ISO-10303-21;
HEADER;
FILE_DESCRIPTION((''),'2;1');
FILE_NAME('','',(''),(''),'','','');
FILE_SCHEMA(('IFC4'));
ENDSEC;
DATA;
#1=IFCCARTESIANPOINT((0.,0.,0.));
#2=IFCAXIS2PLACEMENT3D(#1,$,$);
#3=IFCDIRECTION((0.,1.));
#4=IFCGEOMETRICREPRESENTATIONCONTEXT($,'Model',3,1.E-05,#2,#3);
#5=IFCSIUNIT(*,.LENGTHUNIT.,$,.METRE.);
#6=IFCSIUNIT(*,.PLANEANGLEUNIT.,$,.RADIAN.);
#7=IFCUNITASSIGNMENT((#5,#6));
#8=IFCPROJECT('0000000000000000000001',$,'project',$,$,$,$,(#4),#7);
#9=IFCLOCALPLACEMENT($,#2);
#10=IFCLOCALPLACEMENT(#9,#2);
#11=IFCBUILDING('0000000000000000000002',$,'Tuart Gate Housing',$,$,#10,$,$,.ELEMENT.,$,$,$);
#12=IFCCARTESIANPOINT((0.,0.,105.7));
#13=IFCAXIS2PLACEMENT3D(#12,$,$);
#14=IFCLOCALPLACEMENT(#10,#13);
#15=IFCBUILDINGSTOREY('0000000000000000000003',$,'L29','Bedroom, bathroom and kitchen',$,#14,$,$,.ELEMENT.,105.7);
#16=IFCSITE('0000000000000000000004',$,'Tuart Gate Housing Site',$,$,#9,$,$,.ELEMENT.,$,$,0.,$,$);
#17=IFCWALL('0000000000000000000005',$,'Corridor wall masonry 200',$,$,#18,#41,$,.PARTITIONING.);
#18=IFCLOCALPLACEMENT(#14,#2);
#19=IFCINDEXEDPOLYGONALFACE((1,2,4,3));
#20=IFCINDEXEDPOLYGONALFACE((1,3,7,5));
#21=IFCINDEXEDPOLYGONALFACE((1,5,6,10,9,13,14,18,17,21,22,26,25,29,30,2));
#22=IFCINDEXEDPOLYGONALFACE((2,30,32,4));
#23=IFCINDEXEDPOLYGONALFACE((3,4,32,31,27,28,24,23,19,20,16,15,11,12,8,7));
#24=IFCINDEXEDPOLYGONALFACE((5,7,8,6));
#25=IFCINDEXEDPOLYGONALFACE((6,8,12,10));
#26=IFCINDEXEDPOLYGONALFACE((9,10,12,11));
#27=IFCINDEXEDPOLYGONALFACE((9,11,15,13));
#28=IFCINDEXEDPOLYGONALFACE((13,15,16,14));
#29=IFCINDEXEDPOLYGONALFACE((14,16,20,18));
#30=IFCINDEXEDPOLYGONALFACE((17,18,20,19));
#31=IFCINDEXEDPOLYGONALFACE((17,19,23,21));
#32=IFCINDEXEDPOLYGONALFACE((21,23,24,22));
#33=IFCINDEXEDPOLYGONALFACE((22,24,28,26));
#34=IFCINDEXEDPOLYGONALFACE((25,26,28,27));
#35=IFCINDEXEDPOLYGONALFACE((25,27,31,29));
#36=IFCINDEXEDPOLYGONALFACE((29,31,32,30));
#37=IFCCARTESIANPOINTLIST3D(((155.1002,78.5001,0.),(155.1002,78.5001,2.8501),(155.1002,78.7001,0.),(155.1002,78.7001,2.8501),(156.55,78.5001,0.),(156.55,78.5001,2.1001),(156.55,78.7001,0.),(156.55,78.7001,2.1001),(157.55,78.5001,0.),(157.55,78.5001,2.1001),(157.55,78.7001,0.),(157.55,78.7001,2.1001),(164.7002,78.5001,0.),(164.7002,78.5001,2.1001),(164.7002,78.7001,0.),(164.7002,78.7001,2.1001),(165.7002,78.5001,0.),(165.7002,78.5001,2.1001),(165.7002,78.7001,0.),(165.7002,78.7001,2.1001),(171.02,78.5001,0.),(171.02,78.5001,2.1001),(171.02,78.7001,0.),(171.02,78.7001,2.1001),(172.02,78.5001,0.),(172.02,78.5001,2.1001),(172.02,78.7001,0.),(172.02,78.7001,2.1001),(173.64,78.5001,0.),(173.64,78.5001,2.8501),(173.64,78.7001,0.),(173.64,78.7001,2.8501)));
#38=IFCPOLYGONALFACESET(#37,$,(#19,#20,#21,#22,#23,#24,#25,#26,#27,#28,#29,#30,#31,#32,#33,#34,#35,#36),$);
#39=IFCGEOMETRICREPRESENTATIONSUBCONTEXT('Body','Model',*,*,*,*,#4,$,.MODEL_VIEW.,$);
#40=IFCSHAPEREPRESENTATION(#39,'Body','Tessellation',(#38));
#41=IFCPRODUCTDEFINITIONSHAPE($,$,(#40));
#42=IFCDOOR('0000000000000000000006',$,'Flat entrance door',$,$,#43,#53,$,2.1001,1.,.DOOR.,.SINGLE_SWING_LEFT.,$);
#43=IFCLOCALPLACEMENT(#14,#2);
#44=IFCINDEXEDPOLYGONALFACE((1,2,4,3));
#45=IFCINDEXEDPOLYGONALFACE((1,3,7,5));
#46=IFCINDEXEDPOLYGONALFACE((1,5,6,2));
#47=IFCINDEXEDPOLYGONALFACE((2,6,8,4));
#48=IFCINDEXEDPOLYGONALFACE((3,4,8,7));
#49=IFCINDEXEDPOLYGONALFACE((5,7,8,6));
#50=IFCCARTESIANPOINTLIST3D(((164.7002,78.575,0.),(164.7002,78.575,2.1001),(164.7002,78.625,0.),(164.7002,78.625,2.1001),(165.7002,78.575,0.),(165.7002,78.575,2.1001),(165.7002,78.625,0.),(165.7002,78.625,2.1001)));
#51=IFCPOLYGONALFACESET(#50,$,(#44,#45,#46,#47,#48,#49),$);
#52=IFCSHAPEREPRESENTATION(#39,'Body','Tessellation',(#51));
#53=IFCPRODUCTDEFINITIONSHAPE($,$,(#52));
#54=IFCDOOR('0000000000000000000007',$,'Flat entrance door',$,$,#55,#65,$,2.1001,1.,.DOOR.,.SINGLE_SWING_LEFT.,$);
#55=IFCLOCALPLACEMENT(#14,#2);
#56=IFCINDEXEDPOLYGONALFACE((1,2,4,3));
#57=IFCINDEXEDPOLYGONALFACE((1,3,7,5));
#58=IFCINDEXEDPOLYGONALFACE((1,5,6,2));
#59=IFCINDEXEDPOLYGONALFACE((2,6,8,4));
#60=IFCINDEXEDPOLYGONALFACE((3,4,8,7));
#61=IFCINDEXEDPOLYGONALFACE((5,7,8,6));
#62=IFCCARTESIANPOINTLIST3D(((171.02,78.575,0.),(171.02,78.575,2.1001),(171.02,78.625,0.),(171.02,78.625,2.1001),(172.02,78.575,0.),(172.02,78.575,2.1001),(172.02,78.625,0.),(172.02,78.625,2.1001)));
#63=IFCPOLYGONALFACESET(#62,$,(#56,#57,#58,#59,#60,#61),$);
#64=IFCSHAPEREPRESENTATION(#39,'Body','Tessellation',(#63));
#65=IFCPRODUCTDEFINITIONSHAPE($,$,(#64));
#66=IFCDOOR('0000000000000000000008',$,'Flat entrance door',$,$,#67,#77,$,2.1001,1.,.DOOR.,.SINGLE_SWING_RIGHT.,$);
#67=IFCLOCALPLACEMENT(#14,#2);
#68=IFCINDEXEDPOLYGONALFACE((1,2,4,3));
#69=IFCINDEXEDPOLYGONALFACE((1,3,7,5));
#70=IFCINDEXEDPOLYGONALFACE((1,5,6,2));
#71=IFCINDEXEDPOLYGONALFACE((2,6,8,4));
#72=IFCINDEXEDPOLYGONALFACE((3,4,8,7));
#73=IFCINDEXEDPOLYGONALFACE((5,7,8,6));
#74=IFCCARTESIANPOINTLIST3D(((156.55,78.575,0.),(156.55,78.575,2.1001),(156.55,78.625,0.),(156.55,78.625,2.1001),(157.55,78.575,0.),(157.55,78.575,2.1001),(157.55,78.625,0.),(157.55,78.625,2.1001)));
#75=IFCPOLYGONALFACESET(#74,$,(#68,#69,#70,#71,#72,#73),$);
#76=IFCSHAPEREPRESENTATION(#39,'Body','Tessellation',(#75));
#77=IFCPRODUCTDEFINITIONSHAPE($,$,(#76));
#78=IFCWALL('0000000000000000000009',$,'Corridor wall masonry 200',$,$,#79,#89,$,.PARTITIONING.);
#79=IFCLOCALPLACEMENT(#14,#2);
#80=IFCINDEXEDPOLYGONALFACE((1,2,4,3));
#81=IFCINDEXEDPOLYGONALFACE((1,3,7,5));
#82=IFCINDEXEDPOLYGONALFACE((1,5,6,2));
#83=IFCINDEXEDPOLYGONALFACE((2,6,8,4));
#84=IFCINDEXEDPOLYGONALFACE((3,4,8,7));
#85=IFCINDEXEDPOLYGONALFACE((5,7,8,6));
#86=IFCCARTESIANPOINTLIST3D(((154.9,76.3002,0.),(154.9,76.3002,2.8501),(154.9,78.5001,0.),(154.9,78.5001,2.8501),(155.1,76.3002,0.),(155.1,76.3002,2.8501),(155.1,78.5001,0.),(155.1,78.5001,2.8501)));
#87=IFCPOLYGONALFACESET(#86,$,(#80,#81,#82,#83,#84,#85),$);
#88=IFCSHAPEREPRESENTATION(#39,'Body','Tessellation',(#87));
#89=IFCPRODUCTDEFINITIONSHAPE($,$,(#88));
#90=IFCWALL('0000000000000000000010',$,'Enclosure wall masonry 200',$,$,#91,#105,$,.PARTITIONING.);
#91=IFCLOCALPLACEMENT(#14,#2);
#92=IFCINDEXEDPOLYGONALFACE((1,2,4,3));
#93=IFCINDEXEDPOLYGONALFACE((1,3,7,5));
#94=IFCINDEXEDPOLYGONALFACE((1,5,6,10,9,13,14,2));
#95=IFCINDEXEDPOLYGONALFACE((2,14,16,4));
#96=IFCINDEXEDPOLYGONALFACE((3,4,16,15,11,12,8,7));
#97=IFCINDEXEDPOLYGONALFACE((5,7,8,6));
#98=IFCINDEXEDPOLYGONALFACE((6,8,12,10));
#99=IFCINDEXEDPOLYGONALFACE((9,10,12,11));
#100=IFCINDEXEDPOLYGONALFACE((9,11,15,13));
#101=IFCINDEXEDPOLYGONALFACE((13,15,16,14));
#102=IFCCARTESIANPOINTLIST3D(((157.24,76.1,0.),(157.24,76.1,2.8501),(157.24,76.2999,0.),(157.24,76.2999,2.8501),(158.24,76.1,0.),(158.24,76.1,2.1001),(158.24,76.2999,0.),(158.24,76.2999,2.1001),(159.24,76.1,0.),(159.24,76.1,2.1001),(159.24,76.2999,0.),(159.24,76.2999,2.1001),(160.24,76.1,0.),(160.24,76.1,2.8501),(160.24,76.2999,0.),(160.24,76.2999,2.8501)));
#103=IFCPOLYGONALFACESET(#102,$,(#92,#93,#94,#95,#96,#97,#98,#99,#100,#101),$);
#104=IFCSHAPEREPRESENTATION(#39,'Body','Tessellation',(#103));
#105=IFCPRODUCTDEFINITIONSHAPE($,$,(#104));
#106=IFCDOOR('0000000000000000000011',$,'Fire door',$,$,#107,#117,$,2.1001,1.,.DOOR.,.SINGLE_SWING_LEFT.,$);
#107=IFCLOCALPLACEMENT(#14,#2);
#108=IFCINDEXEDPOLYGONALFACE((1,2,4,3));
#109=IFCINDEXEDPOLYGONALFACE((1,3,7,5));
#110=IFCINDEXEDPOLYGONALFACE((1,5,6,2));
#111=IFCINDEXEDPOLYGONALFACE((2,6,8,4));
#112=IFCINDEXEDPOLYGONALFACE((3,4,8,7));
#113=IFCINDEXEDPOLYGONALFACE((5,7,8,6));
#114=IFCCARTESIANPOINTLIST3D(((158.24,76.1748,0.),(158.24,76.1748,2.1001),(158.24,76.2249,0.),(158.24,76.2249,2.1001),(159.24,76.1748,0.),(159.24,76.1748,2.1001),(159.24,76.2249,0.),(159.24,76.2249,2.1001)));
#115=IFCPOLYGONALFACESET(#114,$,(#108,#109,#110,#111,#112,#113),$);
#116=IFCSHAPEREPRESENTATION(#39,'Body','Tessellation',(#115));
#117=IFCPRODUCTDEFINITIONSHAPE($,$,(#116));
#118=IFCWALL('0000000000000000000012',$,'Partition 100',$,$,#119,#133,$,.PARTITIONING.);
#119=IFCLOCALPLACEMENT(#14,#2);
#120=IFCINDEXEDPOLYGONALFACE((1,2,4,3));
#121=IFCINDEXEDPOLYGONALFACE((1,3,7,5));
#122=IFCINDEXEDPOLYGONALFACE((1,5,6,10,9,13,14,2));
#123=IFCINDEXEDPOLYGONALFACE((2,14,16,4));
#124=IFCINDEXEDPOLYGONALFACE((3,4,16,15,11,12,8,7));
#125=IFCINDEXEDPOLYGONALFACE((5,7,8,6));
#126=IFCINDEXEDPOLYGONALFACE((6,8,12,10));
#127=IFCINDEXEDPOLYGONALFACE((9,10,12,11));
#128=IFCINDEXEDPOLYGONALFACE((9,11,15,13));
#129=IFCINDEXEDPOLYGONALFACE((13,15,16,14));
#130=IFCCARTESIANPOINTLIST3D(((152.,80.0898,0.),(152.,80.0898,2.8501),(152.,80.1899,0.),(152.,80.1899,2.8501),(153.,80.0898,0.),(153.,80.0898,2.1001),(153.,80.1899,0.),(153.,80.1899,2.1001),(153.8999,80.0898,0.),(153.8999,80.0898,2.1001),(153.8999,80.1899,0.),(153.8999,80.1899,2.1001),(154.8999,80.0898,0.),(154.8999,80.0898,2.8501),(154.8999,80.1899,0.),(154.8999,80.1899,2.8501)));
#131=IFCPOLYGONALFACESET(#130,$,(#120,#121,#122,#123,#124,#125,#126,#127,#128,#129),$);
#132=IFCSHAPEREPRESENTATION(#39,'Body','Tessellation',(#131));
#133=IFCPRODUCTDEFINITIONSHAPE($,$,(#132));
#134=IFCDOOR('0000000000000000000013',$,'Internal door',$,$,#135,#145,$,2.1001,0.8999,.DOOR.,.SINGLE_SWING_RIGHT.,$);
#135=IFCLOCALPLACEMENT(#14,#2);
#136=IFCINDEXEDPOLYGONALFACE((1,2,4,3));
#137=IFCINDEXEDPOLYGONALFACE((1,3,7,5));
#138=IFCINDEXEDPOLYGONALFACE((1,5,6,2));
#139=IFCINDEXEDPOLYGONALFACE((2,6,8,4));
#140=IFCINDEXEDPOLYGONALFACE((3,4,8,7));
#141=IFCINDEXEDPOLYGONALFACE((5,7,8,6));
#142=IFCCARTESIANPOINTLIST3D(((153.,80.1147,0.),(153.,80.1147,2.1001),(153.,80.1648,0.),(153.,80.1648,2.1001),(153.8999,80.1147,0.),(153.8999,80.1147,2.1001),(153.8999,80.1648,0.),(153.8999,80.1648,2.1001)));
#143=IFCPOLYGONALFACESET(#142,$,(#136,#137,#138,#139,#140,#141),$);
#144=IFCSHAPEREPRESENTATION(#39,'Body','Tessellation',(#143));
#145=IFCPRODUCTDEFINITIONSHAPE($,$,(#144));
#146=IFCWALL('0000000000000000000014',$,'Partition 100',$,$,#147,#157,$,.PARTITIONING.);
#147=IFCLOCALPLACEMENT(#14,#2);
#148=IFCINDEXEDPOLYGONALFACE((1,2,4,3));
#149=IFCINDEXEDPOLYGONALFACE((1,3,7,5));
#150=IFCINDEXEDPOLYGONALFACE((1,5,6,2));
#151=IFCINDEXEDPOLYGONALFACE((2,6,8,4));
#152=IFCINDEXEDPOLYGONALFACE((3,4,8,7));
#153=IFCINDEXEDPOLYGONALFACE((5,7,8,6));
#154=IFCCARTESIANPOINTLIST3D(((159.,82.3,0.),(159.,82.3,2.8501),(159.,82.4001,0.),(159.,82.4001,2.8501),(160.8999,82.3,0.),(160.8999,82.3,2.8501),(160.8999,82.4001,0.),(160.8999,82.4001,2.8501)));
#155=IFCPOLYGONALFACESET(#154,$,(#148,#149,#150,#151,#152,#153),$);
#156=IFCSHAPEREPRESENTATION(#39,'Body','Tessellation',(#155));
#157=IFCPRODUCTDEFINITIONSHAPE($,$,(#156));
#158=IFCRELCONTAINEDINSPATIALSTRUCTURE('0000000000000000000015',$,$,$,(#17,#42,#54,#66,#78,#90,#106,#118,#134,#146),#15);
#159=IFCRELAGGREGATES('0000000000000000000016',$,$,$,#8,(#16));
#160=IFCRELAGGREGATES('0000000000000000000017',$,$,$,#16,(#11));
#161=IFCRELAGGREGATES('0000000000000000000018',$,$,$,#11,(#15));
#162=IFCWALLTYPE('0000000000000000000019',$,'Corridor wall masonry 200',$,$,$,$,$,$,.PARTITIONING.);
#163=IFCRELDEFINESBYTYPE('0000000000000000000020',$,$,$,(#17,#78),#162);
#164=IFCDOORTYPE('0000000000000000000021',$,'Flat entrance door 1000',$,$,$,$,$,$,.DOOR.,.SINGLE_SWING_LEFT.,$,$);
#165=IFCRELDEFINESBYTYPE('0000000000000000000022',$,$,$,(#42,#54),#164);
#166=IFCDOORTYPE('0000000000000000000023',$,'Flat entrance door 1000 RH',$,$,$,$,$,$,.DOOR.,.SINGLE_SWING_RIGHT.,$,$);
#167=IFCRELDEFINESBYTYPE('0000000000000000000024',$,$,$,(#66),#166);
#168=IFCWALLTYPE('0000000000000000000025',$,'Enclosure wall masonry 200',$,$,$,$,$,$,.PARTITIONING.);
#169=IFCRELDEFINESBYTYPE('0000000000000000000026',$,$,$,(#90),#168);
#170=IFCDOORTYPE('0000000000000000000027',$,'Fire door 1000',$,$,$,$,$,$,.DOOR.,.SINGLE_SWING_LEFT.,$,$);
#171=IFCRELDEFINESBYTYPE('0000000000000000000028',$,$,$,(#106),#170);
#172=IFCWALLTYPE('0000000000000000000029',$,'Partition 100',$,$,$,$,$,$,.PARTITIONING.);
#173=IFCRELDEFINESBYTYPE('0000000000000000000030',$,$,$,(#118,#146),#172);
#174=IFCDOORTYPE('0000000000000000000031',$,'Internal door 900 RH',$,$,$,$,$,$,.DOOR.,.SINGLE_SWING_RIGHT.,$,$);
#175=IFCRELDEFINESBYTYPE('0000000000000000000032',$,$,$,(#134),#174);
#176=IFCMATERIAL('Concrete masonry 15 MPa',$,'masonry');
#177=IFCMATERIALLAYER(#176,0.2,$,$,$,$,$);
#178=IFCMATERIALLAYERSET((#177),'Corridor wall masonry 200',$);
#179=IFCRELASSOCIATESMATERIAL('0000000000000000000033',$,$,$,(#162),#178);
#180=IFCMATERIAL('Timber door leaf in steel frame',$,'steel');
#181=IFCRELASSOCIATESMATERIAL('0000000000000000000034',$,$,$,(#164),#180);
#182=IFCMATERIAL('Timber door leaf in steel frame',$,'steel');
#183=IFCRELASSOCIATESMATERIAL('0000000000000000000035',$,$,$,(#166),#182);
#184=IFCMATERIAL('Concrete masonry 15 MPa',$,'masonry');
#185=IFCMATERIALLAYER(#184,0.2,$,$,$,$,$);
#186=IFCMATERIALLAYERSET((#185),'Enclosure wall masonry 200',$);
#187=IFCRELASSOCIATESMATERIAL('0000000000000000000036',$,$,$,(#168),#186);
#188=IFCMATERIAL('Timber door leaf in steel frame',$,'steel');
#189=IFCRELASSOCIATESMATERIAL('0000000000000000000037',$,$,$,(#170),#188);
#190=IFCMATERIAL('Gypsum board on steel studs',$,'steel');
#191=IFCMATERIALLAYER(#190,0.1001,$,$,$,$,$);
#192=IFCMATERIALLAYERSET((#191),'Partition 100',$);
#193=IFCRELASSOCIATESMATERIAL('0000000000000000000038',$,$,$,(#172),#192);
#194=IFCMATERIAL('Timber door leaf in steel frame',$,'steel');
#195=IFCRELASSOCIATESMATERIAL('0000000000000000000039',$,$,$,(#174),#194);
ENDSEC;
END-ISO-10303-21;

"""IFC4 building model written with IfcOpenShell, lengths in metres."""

from ifc_helpers import new_model, si_unit, direction, frame, frame_2d, origin, place, context, subcontext, project, spatial, rectangle, extrude, material, layer, layer_set, type_object, element, fill, save


model = new_model("IFC4")

# Units and contexts
model_context = context("Model", 3, precision=1e-05, world=origin(), true_north=direction((0.0, 1.0)))
body_context = subcontext(model_context, "Body", "Model", "MODEL_VIEW")
ifc_project = project(units=[si_unit("LENGTHUNIT", "METRE"), si_unit("PLANEANGLEUNIT", "RADIAN")], contexts=[model_context])

# Site, building, storey
site_placement = place(None, origin())
site = spatial("IfcSite", under=ifc_project, at=site_placement, Name="Tuart Gate Housing Site", CompositionType="ELEMENT", RefElevation=0.0)
building_placement = place(site_placement, origin())
building = spatial("IfcBuilding", under=site, at=building_placement, Name="Tuart Gate Housing", CompositionType="ELEMENT")
storey_placement = place(building_placement, frame((0.0, 0.0, 105.7)))
storey = spatial("IfcBuildingStorey", under=building, at=storey_placement, Name="L29", Description="Bedroom, bathroom and kitchen", CompositionType="ELEMENT", Elevation=105.7)

# Shared definitions
ifc_material_1 = material(Name="Concrete masonry 15 MPa", Category="masonry")
ifc_layer_1 = layer(ifc_material_1, 0.2)
ifc_layer_set_1 = layer_set([ifc_layer_1], Name="Corridor wall masonry 200")
wall_type_1 = type_object("IfcWallType", Name="Corridor wall masonry 200", PredefinedType="PARTITIONING", material=ifc_layer_set_1)

# Wall, openings, doors
wall_1_placement = place(storey_placement, frame((155.1001, 78.6001, 0.0), z_axis=(0.0, 0.0, 1.0), x_axis=(1.0, 0.0, 0.0)))
wall_1 = element("IfcWall", 1, at=wall_1_placement, inside=storey, type_object=wall_type_1, Name="Corridor wall masonry 200", PredefinedType="PARTITIONING", context=body_context, shape_type="SweptSolid", body=[
    extrude(rectangle(XDim=18.5398, YDim=0.2, at=frame_2d((9.27, 0.0))), origin(), (0.0, 0.0, 1.0), 2.8501),
])
opening_1_placement = place(wall_1_placement, frame((1.45, 0.0, 0.0)))
opening_1 = element("IfcOpeningElement", 2, at=opening_1_placement, cuts=wall_1, PredefinedType="OPENING", context=body_context, shape_type="SweptSolid", body=[
    extrude(rectangle(XDim=1.0, YDim=2.1001, at=frame_2d((0.5, 1.05))), frame((0.0, 0.1099, 0.0), z_axis=(0.0, -1.0, 0.0), x_axis=(1.0, 0.0, 0.0)), (0.0, 0.0, 1.0), 0.22),
])
opening_2_placement = place(wall_1_placement, frame((9.6001, 0.0, 0.0)))
opening_2 = element("IfcOpeningElement", 3, at=opening_2_placement, cuts=wall_1, PredefinedType="OPENING", context=body_context, shape_type="SweptSolid", body=[
    extrude(rectangle(XDim=1.0, YDim=2.1001, at=frame_2d((0.5, 1.05))), frame((0.0, 0.1099, 0.0), z_axis=(0.0, -1.0, 0.0), x_axis=(1.0, 0.0, 0.0)), (0.0, 0.0, 1.0), 0.22),
])
opening_3_placement = place(wall_1_placement, frame((15.9199, 0.0, 0.0)))
opening_3 = element("IfcOpeningElement", 4, at=opening_3_placement, cuts=wall_1, PredefinedType="OPENING", context=body_context, shape_type="SweptSolid", body=[
    extrude(rectangle(XDim=1.0, YDim=2.1001, at=frame_2d((0.5, 1.05))), frame((0.0, 0.1099, 0.0), z_axis=(0.0, -1.0, 0.0), x_axis=(1.0, 0.0, 0.0)), (0.0, 0.0, 1.0), 0.22),
])
ifc_material_2 = material(Name="Timber door leaf in steel frame", Category="steel")
door_type_1 = type_object("IfcDoorType", Name="Flat entrance door 1000", OperationType="SINGLE_SWING_LEFT", PredefinedType="DOOR", material=ifc_material_2)
door_1_placement = place(opening_2_placement, origin())
door_1 = element("IfcDoor", 5, at=door_1_placement, inside=storey, type_object=door_type_1, Name="Flat entrance door", OperationType="SINGLE_SWING_LEFT", OverallHeight=2.1001, OverallWidth=1.0, PredefinedType="DOOR", context=body_context, shape_type="SweptSolid", body=[
    extrude(rectangle(XDim=1.0, YDim=2.1001, at=frame_2d((0.5, 1.05))), frame((0.0, 0.0249, 0.0), z_axis=(0.0, -1.0, 0.0), x_axis=(1.0, 0.0, 0.0)), (0.0, 0.0, 1.0), 0.05),
])
fill(opening_2, door_1)
door_2_placement = place(opening_3_placement, origin())
door_2 = element("IfcDoor", 6, at=door_2_placement, inside=storey, type_object=door_type_1, Name="Flat entrance door", OperationType="SINGLE_SWING_LEFT", OverallHeight=2.1001, OverallWidth=1.0, PredefinedType="DOOR", context=body_context, shape_type="SweptSolid", body=[
    extrude(rectangle(XDim=1.0, YDim=2.1001, at=frame_2d((0.5, 1.05))), frame((0.0, 0.0249, 0.0), z_axis=(0.0, -1.0, 0.0), x_axis=(1.0, 0.0, 0.0)), (0.0, 0.0, 1.0), 0.05),
])
fill(opening_3, door_2)
ifc_material_3 = material(Name="Timber door leaf in steel frame", Category="steel")
door_type_2 = type_object("IfcDoorType", Name="Flat entrance door 1000 RH", OperationType="SINGLE_SWING_RIGHT", PredefinedType="DOOR", material=ifc_material_3)
door_3_placement = place(opening_1_placement, origin())
door_3 = element("IfcDoor", 7, at=door_3_placement, inside=storey, type_object=door_type_2, Name="Flat entrance door", OperationType="SINGLE_SWING_RIGHT", OverallHeight=2.1001, OverallWidth=1.0, PredefinedType="DOOR", context=body_context, shape_type="SweptSolid", body=[
    extrude(rectangle(XDim=1.0, YDim=2.1001, at=frame_2d((0.5, 1.05))), frame((0.0, 0.0249, 0.0), z_axis=(0.0, -1.0, 0.0), x_axis=(1.0, 0.0, 0.0)), (0.0, 0.0, 1.0), 0.05),
])
fill(opening_1, door_3)

# Wall
wall_2_placement = place(storey_placement, frame((155.0, 76.3, 0.0), z_axis=(0.0, 0.0, 1.0), x_axis=(0.0, 1.0, 0.0)))
element("IfcWall", 8, at=wall_2_placement, inside=storey, type_object=wall_type_1, Name="Corridor wall masonry 200", PredefinedType="PARTITIONING", context=body_context, shape_type="SweptSolid", body=[
    extrude(rectangle(XDim=2.2, YDim=0.2, at=frame_2d((1.1001, 0.0))), origin(), (0.0, 0.0, 1.0), 2.8501),
])

# Walls, openings, doors
ifc_material_4 = material(Name="Concrete masonry 15 MPa", Category="masonry")
ifc_layer_2 = layer(ifc_material_4, 0.2)
ifc_layer_set_2 = layer_set([ifc_layer_2], Name="Enclosure wall masonry 200")
wall_type_2 = type_object("IfcWallType", Name="Enclosure wall masonry 200", PredefinedType="PARTITIONING", material=ifc_layer_set_2)
wall_3_placement = place(storey_placement, frame((157.24, 76.2, 0.0), z_axis=(0.0, 0.0, 1.0), x_axis=(1.0, 0.0, 0.0)))
wall_3 = element("IfcWall", 9, at=wall_3_placement, inside=storey, type_object=wall_type_2, Name="Enclosure wall masonry 200", PredefinedType="PARTITIONING", context=body_context, shape_type="SweptSolid", body=[
    extrude(rectangle(XDim=3.0, YDim=0.2, at=frame_2d((1.5, 0.0))), origin(), (0.0, 0.0, 1.0), 2.8501),
])
opening_4_placement = place(wall_3_placement, frame((1.0, 0.0, 0.0)))
opening_4 = element("IfcOpeningElement", 10, at=opening_4_placement, cuts=wall_3, PredefinedType="OPENING", context=body_context, shape_type="SweptSolid", body=[
    extrude(rectangle(XDim=1.0, YDim=2.1001, at=frame_2d((0.5, 1.05))), frame((0.0, 0.1099, 0.0), z_axis=(0.0, -1.0, 0.0), x_axis=(1.0, 0.0, 0.0)), (0.0, 0.0, 1.0), 0.22),
])
ifc_material_5 = material(Name="Timber door leaf in steel frame", Category="steel")
door_type_3 = type_object("IfcDoorType", Name="Fire door 1000", OperationType="SINGLE_SWING_LEFT", PredefinedType="DOOR", material=ifc_material_5)
door_4_placement = place(opening_4_placement, origin())
door_4 = element("IfcDoor", 11, at=door_4_placement, inside=storey, type_object=door_type_3, Name="Fire door", OperationType="SINGLE_SWING_LEFT", OverallHeight=2.1001, OverallWidth=1.0, PredefinedType="DOOR", context=body_context, shape_type="SweptSolid", body=[
    extrude(rectangle(XDim=1.0, YDim=2.1001, at=frame_2d((0.5, 1.05))), frame((0.0, 0.0249, 0.0), z_axis=(0.0, -1.0, 0.0), x_axis=(1.0, 0.0, 0.0)), (0.0, 0.0, 1.0), 0.05),
])
fill(opening_4, door_4)
ifc_material_6 = material(Name="Gypsum board on steel studs", Category="steel")
ifc_layer_3 = layer(ifc_material_6, 0.1001)
ifc_layer_set_3 = layer_set([ifc_layer_3], Name="Partition 100")
wall_type_3 = type_object("IfcWallType", Name="Partition 100", PredefinedType="PARTITIONING", material=ifc_layer_set_3)
wall_4_placement = place(storey_placement, frame((152.0, 80.1399, 0.0), z_axis=(0.0, 0.0, 1.0), x_axis=(1.0, 0.0, 0.0)))
wall_4 = element("IfcWall", 12, at=wall_4_placement, inside=storey, type_object=wall_type_3, Name="Partition 100", PredefinedType="PARTITIONING", context=body_context, shape_type="SweptSolid", body=[
    extrude(rectangle(XDim=2.8999, YDim=0.1001, at=frame_2d((1.45, 0.0))), origin(), (0.0, 0.0, 1.0), 2.8501),
])
opening_5_placement = place(wall_4_placement, frame((1.0, 0.0, 0.0)))
opening_5 = element("IfcOpeningElement", 13, at=opening_5_placement, cuts=wall_4, PredefinedType="OPENING", context=body_context, shape_type="SweptSolid", body=[
    extrude(rectangle(XDim=0.8999, YDim=2.1001, at=frame_2d((0.45, 1.05))), frame((0.0, 0.0601, 0.0), z_axis=(0.0, -1.0, 0.0), x_axis=(1.0, 0.0, 0.0)), (0.0, 0.0, 1.0), 0.1201),
])
ifc_material_7 = material(Name="Timber door leaf in steel frame", Category="steel")
door_type_4 = type_object("IfcDoorType", Name="Internal door 900 RH", OperationType="SINGLE_SWING_RIGHT", PredefinedType="DOOR", material=ifc_material_7)
door_5_placement = place(opening_5_placement, frame((0.8999, 0.0, 0.0), z_axis=(0.0, 0.0, 1.0), x_axis=(-1.0, 0.0, 0.0)))
door_5 = element("IfcDoor", 14, at=door_5_placement, inside=storey, type_object=door_type_4, Name="Internal door", OperationType="SINGLE_SWING_RIGHT", OverallHeight=2.1001, OverallWidth=0.8999, PredefinedType="DOOR", context=body_context, shape_type="SweptSolid", body=[
    extrude(rectangle(XDim=0.8999, YDim=2.1001, at=frame_2d((0.45, 1.05))), frame((0.0, 0.0251, 0.0), z_axis=(0.0, -1.0, 0.0), x_axis=(1.0, 0.0, 0.0)), (0.0, 0.0, 1.0), 0.05),
])
fill(opening_5, door_5)

# Wall
wall_5_placement = place(storey_placement, frame((159.0, 82.3501, 0.0), z_axis=(0.0, 0.0, 1.0), x_axis=(1.0, 0.0, 0.0)))
element("IfcWall", 15, at=wall_5_placement, inside=storey, type_object=wall_type_3, Name="Partition 100", PredefinedType="PARTITIONING", context=body_context, shape_type="SweptSolid", body=[
    extrude(rectangle(XDim=1.8999, YDim=0.1001, at=frame_2d((0.95, 0.0))), origin(), (0.0, 0.0, 1.0), 2.8501),
])

save(model, "model.ifc")
